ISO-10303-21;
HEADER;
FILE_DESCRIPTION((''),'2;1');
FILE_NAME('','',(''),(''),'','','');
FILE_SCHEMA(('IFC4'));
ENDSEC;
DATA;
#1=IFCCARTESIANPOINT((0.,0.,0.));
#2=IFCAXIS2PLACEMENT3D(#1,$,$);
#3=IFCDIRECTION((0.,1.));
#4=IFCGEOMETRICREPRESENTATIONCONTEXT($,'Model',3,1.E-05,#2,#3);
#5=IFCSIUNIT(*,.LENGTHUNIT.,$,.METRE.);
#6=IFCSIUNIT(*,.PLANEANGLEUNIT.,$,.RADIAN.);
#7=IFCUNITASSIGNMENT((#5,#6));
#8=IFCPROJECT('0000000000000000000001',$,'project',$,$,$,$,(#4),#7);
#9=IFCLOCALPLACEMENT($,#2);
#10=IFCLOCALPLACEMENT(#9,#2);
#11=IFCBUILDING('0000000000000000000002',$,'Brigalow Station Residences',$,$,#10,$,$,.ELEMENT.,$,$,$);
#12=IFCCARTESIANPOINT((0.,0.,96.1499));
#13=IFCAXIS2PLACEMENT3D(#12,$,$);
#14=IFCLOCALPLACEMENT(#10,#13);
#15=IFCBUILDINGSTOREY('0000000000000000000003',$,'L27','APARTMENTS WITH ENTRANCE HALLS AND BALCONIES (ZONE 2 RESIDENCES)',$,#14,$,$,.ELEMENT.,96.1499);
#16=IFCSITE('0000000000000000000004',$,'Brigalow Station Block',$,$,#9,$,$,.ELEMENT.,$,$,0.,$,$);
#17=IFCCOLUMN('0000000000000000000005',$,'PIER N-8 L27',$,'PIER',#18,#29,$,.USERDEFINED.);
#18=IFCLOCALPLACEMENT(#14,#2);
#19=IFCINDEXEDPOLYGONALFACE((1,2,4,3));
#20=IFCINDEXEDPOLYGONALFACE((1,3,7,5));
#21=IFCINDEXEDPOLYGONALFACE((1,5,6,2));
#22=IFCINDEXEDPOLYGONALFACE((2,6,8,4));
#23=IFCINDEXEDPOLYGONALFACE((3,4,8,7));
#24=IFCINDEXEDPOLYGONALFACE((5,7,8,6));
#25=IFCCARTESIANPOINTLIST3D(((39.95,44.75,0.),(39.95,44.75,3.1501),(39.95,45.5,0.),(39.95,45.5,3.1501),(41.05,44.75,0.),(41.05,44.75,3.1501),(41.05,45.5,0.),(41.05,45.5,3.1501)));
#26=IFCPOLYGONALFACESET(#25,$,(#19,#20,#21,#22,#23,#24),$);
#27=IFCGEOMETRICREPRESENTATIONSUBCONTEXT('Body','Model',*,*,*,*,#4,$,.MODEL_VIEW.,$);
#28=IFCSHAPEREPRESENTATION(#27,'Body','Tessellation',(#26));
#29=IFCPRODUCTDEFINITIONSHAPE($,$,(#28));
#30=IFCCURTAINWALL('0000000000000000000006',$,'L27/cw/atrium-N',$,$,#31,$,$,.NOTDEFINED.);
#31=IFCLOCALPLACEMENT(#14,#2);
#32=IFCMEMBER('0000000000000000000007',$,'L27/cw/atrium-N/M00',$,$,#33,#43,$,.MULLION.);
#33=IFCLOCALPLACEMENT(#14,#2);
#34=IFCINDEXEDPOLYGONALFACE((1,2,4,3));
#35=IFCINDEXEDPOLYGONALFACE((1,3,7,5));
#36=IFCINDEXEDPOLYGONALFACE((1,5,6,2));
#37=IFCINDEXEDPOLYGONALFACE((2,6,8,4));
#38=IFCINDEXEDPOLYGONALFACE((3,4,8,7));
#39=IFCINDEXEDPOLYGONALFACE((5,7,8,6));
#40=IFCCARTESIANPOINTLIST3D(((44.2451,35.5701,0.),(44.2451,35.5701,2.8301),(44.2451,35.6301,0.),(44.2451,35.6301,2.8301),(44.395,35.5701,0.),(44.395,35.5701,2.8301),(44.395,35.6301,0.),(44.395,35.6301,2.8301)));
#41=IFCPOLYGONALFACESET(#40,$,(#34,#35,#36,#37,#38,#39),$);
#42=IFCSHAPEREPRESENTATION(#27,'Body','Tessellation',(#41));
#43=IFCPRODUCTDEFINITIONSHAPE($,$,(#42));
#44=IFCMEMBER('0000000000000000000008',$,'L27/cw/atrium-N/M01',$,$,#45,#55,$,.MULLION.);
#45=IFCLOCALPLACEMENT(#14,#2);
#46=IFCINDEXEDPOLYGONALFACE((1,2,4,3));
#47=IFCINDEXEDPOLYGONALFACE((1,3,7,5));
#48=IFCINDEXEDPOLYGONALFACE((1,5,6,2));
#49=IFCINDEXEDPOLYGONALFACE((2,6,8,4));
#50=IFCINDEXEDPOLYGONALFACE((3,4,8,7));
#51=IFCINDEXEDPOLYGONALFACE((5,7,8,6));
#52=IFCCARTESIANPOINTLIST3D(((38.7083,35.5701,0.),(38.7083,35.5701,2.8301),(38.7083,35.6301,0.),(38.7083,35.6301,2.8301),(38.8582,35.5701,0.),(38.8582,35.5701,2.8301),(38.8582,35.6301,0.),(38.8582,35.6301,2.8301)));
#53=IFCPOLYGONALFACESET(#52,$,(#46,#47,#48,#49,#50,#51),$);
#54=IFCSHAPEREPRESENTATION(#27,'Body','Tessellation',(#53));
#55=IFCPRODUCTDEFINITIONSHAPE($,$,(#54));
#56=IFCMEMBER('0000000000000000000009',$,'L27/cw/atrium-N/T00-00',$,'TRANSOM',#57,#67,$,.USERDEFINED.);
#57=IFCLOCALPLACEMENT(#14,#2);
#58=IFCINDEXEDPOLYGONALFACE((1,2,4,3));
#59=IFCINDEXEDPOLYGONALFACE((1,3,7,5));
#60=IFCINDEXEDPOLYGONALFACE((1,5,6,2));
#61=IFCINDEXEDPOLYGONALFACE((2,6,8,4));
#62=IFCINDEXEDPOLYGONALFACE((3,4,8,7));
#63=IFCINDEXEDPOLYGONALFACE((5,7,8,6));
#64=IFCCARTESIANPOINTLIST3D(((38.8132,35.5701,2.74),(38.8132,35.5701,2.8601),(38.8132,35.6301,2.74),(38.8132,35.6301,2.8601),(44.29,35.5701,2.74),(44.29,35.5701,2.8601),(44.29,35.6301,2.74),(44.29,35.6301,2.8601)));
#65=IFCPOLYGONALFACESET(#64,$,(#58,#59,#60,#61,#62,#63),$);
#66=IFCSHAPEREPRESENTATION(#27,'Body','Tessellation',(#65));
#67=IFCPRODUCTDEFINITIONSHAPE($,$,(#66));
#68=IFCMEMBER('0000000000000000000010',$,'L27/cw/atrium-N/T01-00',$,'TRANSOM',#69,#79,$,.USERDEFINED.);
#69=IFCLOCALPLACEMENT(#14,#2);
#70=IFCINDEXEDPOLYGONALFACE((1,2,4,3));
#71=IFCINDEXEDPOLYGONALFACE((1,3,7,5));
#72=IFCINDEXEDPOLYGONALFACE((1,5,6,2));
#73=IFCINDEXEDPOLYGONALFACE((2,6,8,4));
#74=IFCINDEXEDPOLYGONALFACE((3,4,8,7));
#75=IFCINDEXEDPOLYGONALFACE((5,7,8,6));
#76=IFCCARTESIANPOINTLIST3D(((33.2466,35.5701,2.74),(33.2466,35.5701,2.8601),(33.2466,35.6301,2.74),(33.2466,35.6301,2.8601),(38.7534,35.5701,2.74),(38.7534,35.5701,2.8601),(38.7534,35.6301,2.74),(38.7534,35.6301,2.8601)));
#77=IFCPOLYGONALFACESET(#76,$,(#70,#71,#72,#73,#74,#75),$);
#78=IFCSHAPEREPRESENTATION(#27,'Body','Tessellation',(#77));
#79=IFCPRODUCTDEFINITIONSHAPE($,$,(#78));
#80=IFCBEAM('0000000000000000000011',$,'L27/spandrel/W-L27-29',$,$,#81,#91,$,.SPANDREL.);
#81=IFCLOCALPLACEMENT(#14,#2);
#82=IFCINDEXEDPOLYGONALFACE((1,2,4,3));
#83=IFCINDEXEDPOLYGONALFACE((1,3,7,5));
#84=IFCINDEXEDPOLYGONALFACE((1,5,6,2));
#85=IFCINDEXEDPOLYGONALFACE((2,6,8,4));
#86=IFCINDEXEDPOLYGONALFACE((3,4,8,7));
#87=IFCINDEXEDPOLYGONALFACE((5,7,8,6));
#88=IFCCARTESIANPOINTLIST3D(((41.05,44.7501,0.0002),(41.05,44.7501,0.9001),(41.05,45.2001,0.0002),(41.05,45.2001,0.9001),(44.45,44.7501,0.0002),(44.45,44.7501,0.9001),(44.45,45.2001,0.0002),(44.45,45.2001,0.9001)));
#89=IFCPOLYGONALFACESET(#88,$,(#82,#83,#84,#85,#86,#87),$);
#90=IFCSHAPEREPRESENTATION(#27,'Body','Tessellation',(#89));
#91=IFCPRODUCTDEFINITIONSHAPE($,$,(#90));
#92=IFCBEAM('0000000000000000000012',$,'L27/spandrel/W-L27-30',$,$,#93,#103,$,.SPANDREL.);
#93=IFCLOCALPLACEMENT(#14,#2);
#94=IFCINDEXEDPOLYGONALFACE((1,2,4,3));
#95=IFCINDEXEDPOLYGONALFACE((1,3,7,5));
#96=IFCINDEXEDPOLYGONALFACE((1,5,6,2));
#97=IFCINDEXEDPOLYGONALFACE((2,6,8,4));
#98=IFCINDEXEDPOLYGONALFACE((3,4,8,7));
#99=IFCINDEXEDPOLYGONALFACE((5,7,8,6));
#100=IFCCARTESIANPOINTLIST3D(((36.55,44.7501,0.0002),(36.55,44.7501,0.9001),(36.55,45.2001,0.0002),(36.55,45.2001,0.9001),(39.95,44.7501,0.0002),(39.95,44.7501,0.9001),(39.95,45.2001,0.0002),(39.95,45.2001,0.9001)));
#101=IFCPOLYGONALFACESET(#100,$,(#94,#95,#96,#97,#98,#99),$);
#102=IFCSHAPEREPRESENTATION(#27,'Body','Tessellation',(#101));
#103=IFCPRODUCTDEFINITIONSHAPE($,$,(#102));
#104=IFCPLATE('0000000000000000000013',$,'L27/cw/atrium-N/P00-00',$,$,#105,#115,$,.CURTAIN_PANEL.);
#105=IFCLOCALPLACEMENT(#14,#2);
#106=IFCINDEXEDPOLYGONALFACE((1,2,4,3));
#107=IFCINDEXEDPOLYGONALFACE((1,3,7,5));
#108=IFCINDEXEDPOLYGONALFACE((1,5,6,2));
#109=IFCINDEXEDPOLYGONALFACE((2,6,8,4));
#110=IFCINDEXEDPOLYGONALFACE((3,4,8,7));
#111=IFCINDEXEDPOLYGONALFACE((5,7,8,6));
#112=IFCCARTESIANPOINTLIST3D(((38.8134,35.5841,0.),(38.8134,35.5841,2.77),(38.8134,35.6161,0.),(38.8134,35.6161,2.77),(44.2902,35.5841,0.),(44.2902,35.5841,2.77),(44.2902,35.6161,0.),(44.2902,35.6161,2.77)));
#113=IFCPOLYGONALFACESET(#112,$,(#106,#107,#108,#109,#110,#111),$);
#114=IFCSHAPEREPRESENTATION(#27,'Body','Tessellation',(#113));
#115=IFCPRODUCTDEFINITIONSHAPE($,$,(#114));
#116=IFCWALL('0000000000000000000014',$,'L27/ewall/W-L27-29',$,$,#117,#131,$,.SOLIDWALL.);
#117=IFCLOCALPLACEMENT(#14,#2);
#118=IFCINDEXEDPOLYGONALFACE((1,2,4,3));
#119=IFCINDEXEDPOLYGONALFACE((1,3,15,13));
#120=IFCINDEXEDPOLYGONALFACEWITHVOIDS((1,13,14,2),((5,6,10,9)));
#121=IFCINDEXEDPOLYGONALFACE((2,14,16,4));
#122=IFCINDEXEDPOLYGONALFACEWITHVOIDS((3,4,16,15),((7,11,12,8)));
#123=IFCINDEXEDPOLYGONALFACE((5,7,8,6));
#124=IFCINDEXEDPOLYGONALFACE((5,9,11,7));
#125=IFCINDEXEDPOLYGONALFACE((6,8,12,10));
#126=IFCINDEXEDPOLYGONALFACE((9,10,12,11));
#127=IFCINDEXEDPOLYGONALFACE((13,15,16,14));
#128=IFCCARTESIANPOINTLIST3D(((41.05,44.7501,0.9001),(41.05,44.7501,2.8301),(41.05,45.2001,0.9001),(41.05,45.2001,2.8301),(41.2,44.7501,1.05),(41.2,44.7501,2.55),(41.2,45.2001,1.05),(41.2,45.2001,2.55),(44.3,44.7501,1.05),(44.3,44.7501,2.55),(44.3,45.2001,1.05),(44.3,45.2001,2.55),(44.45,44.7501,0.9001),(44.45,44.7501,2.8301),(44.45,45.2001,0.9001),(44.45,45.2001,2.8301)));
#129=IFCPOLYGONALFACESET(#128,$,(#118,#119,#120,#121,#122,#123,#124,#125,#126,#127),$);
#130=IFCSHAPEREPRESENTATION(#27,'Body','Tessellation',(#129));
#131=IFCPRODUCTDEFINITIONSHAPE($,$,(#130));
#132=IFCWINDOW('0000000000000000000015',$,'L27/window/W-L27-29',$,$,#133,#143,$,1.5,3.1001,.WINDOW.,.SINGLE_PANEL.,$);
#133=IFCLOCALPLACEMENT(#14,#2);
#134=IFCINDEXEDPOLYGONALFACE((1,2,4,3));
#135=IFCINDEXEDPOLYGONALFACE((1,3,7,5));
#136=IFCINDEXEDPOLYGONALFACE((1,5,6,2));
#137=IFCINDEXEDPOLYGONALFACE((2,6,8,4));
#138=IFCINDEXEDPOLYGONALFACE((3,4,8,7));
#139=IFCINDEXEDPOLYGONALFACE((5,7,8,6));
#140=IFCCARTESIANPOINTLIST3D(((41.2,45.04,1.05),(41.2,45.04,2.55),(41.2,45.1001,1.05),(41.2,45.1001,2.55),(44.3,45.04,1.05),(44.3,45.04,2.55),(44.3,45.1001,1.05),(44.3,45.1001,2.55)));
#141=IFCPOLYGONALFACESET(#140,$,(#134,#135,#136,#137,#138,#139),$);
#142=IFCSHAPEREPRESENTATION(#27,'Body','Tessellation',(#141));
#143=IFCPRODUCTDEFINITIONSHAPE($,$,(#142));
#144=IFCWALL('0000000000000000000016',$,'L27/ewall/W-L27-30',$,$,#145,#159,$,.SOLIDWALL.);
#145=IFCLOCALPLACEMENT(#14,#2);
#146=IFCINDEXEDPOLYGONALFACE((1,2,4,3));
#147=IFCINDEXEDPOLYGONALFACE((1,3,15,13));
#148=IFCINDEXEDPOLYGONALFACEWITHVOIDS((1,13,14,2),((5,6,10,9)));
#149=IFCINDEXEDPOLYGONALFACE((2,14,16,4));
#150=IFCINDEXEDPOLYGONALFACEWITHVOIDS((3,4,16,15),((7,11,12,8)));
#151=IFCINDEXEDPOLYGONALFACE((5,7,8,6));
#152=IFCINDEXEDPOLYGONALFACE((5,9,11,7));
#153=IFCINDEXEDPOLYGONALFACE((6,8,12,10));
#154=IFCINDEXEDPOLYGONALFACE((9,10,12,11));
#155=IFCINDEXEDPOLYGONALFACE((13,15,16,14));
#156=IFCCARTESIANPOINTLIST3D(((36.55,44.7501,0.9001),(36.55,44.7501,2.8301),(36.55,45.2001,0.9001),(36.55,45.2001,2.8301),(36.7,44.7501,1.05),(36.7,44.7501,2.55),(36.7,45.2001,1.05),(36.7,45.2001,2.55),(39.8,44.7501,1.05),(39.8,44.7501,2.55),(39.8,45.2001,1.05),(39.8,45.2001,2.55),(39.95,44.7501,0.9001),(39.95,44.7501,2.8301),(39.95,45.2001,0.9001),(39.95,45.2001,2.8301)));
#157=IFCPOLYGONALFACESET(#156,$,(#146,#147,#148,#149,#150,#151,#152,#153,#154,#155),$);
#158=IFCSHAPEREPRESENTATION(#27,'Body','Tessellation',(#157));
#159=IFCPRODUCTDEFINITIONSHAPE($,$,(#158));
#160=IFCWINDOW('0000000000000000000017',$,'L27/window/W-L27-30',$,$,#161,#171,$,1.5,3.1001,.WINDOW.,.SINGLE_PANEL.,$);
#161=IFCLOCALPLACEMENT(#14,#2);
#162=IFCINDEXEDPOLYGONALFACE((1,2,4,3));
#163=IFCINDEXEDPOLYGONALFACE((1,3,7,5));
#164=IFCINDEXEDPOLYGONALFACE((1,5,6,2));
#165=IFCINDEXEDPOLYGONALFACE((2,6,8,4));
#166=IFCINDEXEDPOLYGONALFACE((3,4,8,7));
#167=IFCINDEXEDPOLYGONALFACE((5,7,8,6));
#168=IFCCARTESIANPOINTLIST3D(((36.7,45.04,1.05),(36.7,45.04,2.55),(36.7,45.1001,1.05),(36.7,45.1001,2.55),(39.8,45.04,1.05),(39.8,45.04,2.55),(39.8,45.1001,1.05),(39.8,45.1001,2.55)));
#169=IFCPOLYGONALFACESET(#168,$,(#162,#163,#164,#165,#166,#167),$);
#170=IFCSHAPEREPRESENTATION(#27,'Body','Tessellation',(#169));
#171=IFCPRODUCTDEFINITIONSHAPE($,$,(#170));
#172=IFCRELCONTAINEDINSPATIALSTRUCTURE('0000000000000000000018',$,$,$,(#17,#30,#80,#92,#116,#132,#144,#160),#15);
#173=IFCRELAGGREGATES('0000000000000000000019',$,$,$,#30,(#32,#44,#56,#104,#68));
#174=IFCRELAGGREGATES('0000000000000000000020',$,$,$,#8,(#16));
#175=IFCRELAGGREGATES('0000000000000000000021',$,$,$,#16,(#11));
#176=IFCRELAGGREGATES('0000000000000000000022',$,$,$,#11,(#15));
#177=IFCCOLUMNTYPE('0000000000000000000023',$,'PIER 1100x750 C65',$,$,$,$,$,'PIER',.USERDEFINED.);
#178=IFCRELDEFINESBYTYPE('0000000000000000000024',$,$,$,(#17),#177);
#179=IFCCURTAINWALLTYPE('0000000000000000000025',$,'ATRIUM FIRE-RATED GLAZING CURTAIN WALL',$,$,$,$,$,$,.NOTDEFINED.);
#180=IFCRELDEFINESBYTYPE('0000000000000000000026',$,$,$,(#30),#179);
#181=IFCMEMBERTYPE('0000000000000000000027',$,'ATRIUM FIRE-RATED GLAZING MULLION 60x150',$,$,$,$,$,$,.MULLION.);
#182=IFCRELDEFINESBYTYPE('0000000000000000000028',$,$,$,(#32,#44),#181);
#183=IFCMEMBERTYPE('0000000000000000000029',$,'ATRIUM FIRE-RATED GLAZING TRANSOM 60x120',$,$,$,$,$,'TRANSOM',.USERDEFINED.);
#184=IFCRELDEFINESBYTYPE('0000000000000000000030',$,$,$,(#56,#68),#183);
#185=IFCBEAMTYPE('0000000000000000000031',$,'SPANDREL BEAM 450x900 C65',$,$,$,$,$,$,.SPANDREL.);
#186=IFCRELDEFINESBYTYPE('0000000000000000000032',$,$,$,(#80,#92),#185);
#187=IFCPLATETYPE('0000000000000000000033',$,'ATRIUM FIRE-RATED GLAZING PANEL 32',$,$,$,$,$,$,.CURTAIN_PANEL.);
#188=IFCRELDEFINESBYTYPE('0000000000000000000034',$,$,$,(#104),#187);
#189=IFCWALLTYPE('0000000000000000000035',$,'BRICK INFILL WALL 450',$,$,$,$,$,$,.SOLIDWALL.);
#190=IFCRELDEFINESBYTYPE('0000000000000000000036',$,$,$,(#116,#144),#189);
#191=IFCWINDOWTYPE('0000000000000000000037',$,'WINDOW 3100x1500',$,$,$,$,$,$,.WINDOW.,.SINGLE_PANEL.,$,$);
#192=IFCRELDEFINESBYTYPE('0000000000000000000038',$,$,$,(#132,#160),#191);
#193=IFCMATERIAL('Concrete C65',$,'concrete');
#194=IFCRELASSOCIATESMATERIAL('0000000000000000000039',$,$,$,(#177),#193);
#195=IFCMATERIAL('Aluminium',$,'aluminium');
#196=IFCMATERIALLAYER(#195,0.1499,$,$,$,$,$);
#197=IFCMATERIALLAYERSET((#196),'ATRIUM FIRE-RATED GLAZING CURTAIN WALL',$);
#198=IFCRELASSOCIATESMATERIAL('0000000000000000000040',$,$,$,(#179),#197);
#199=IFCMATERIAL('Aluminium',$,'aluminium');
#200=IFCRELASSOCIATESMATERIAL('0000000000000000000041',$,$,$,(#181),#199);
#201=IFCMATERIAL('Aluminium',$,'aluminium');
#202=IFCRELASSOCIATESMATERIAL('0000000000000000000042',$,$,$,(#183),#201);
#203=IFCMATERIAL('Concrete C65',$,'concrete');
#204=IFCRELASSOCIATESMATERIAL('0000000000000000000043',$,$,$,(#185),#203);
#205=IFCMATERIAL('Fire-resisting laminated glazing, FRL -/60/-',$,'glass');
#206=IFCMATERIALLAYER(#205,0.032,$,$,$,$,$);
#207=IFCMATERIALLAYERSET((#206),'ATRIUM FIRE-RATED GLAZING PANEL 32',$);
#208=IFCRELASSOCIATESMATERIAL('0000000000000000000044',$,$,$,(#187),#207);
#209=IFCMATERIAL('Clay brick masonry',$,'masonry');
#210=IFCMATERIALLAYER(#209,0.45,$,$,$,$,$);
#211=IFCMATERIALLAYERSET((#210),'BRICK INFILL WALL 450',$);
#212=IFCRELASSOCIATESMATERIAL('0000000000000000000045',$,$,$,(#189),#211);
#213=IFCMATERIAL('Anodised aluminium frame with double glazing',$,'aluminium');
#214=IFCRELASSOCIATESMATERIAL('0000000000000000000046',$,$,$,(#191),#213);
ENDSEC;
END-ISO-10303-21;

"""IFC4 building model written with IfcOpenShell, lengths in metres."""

from ifc_helpers import new_model, si_unit, direction, frame, frame_2d, origin, origin_2d, place, context, subcontext, project, spatial, rectangle, extrude, material, layer, layer_set, material_profile, profile_set, type_object, element, fill, aggregate, save


model = new_model("IFC4")

# Units and contexts
model_context = context("Model", 3, precision=1e-05, world=origin(), true_north=direction((0.0, 1.0)))
body_context = subcontext(model_context, "Body", "Model", "MODEL_VIEW")
ifc_project = project(units=[si_unit("LENGTHUNIT", "METRE"), si_unit("PLANEANGLEUNIT", "RADIAN")], contexts=[model_context])

# Site, building, storey
site_placement = place(None, origin())
site = spatial("IfcSite", under=ifc_project, at=site_placement, Name="Brigalow Station Block", CompositionType="ELEMENT", RefElevation=0.0)
building_placement = place(site_placement, origin())
building = spatial("IfcBuilding", under=site, at=building_placement, Name="Brigalow Station Residences", CompositionType="ELEMENT")
storey_placement = place(building_placement, frame((0.0, 0.0, 96.1499)))
storey = spatial("IfcBuildingStorey", under=building, at=storey_placement, Name="L27", Description="APARTMENTS WITH ENTRANCE HALLS AND BALCONIES (ZONE 2 RESIDENCES)", CompositionType="ELEMENT", Elevation=96.1499)

# Column
ifc_material_1 = material(Name="Concrete C65", Category="concrete")
ifc_material_profile_1 = material_profile(ifc_material_1, rectangle(XDim=1.1001, YDim=0.75, at=origin_2d()), Name="RC1100x750")
ifc_profile_set_1 = profile_set([ifc_material_profile_1], Name="Concrete C65")
column_type = type_object("IfcColumnType", Name="PIER 1100x750 C65", ElementType="PIER", PredefinedType="USERDEFINED", material=ifc_profile_set_1)
column_placement = place(storey_placement, frame((40.5, 45.125, 0.0), z_axis=(0.0, 0.0, 1.0), x_axis=(-1.0, 0.0, 0.0)))
element("IfcColumn", 1, at=column_placement, inside=storey, type_object=column_type, Name="PIER N-8 L27", ObjectType="PIER", PredefinedType="USERDEFINED", context=body_context, shape_type="SweptSolid", body=[
    extrude(rectangle(XDim=1.1001, YDim=0.75, at=origin_2d()), origin(), (0.0, 0.0, 1.0), 3.1501),
])

# Curtain wall, members
ifc_material_2 = material(Name="Aluminium", Category="aluminium")
ifc_layer_1 = layer(ifc_material_2, 0.1499)
ifc_layer_set_1 = layer_set([ifc_layer_1], Name="ATRIUM FIRE-RATED GLAZING CURTAIN WALL")
curtain_wall_type = type_object("IfcCurtainWallType", Name="ATRIUM FIRE-RATED GLAZING CURTAIN WALL", PredefinedType="NOTDEFINED", material=ifc_layer_set_1)
curtain_wall_placement = place(storey_placement, origin())
curtain_wall = element("IfcCurtainWall", 2, at=curtain_wall_placement, inside=storey, type_object=curtain_wall_type, Name="L27/cw/atrium-N", PredefinedType="NOTDEFINED")
ifc_material_3 = material(Name="Aluminium", Category="aluminium")
ifc_material_profile_2 = material_profile(ifc_material_3, rectangle(XDim=0.0601, YDim=0.1499, at=origin_2d()), Name="ATRIUM FIRE-RATED GLAZING MULLION 60x150")
ifc_profile_set_2 = profile_set([ifc_material_profile_2], Name="Aluminium")
member_type_1 = type_object("IfcMemberType", Name="ATRIUM FIRE-RATED GLAZING MULLION 60x150", PredefinedType="MULLION", material=ifc_profile_set_2)
member_1_placement = place(storey_placement, frame((44.3201, 35.6001, 0.0), z_axis=(0.0, 0.0, 1.0), x_axis=(0.0, -1.0, 0.0)))
member_1 = element("IfcMember", 3, at=member_1_placement, type_object=member_type_1, Name="L27/cw/atrium-N/M00", PredefinedType="MULLION", context=body_context, shape_type="SweptSolid", body=[
    extrude(rectangle(XDim=0.0601, YDim=0.1499, at=origin_2d()), origin(), (0.0, 0.0, 1.0), 2.8301),
])
member_2_placement = place(storey_placement, frame((38.7832, 35.6001, 0.0), z_axis=(0.0, 0.0, 1.0), x_axis=(0.0, -1.0, 0.0)))
member_2 = element("IfcMember", 4, at=member_2_placement, type_object=member_type_1, Name="L27/cw/atrium-N/M01", PredefinedType="MULLION", context=body_context, shape_type="SweptSolid", body=[
    extrude(rectangle(XDim=0.0601, YDim=0.1499, at=origin_2d()), origin(), (0.0, 0.0, 1.0), 2.8301),
])
ifc_material_4 = material(Name="Aluminium", Category="aluminium")
ifc_material_profile_3 = material_profile(ifc_material_4, rectangle(XDim=0.0601, YDim=0.1201, at=origin_2d()), Name="ATRIUM FIRE-RATED GLAZING TRANSOM 60x120")
ifc_profile_set_3 = profile_set([ifc_material_profile_3], Name="Aluminium")
member_type_2 = type_object("IfcMemberType", Name="ATRIUM FIRE-RATED GLAZING TRANSOM 60x120", ElementType="TRANSOM", PredefinedType="USERDEFINED", material=ifc_profile_set_3)
member_3_placement = place(storey_placement, frame((44.29, 35.6001, 2.8), z_axis=(-1.0, 0.0, 0.0), x_axis=(0.0, -1.0, 0.0)))
member_3 = element("IfcMember", 5, at=member_3_placement, type_object=member_type_2, Name="L27/cw/atrium-N/T00-00", ObjectType="TRANSOM", PredefinedType="USERDEFINED", context=body_context, shape_type="SweptSolid", body=[
    extrude(rectangle(XDim=0.0601, YDim=0.1201, at=origin_2d()), origin(), (0.0, 0.0, 1.0), 5.4768),
])
member_4_placement = place(storey_placement, frame((38.7534, 35.6001, 2.8), z_axis=(-1.0, 0.0, 0.0), x_axis=(0.0, -1.0, 0.0)))
member_4 = element("IfcMember", 6, at=member_4_placement, type_object=member_type_2, Name="L27/cw/atrium-N/T01-00", ObjectType="TRANSOM", PredefinedType="USERDEFINED", context=body_context, shape_type="SweptSolid", body=[
    extrude(rectangle(XDim=0.0601, YDim=0.1201, at=origin_2d()), origin(), (0.0, 0.0, 1.0), 5.5068),
])

# Beams
ifc_material_5 = material(Name="Concrete C65", Category="concrete")
ifc_material_profile_4 = material_profile(ifc_material_5, rectangle(XDim=0.45, YDim=0.8999, at=origin_2d()), Name="RC450x900")
ifc_profile_set_4 = profile_set([ifc_material_profile_4], Name="Concrete C65")
beam_type = type_object("IfcBeamType", Name="SPANDREL BEAM 450x900 C65", PredefinedType="SPANDREL", material=ifc_profile_set_4)
for number, where, z_axis, x_axis, name in (
    (7, (44.45, 44.9751, 0.4502), (-1.0, 0.0, 0.0), (0.0, -1.0, 0.0), "L27/spandrel/W-L27-29"),
    (8, (39.95, 44.9751, 0.4502), (-1.0, 0.0, 0.0), (0.0, -1.0, 0.0), "L27/spandrel/W-L27-30"),
):
    element("IfcBeam", number, at=place(storey_placement, frame(where, z_axis=z_axis, x_axis=x_axis)), inside=storey, type_object=beam_type, Name=name, PredefinedType="SPANDREL", context=body_context, shape_type="SweptSolid", body=[
        extrude(rectangle(XDim=0.45, YDim=0.8999, at=origin_2d()), origin(), (0.0, 0.0, 1.0), 3.3999),
    ])

# Plate
ifc_material_6 = material(Name="Fire-resisting laminated glazing, FRL -/60/-", Category="glass")
ifc_layer_2 = layer(ifc_material_6, 0.032)
ifc_layer_set_2 = layer_set([ifc_layer_2], Name="ATRIUM FIRE-RATED GLAZING PANEL 32")
plate_type = type_object("IfcPlateType", Name="ATRIUM FIRE-RATED GLAZING PANEL 32", PredefinedType="CURTAIN_PANEL", material=ifc_layer_set_2)
plate_placement = place(storey_placement, frame((41.5518, 35.6001, 0.0), z_axis=(0.0, 0.0, 1.0), x_axis=(-1.0, 0.0, 0.0)))
plate = element("IfcPlate", 9, at=plate_placement, type_object=plate_type, Name="L27/cw/atrium-N/P00-00", PredefinedType="CURTAIN_PANEL", context=body_context, shape_type="SweptSolid", body=[
    extrude(rectangle(XDim=5.4768, YDim=0.032, at=origin_2d()), origin(), (0.0, 0.0, 1.0), 2.77),
])
aggregate(curtain_wall, [member_1, member_2, member_3, plate, member_4])

# Walls, openings, windows
ifc_material_7 = material(Name="Clay brick masonry", Category="masonry")
ifc_layer_3 = layer(ifc_material_7, 0.45)
ifc_layer_set_3 = layer_set([ifc_layer_3], Name="BRICK INFILL WALL 450")
wall_type = type_object("IfcWallType", Name="BRICK INFILL WALL 450", PredefinedType="SOLIDWALL", material=ifc_layer_set_3)
wall_1_placement = place(storey_placement, frame((44.45, 44.9751, 0.9001), z_axis=(0.0, 0.0, 1.0), x_axis=(-1.0, 0.0, 0.0)))
wall_1 = element("IfcWall", 10, at=wall_1_placement, inside=storey, type_object=wall_type, Name="L27/ewall/W-L27-29", PredefinedType="SOLIDWALL", context=body_context, shape_type="SweptSolid", body=[
    extrude(rectangle(XDim=3.3999, YDim=0.45, at=frame_2d((1.7, 0.0))), origin(), (0.0, 0.0, 1.0), 1.9299),
])
opening_1_placement = place(wall_1_placement, frame((0.1499, 0.0, 0.1499)))
opening_1 = element("IfcOpeningElement", 11, at=opening_1_placement, cuts=wall_1, PredefinedType="OPENING", context=body_context, shape_type="SweptSolid", body=[
    extrude(rectangle(XDim=3.1001, YDim=1.5, at=frame_2d((1.55, 0.75))), frame((0.0, 0.2349, 0.0), z_axis=(0.0, -1.0, 0.0), x_axis=(1.0, 0.0, 0.0)), (0.0, 0.0, 1.0), 0.47),
])
ifc_material_8 = material(Name="Anodised aluminium frame with double glazing", Category="aluminium")
window_type = type_object("IfcWindowType", Name="WINDOW 3100x1500", PartitioningType="SINGLE_PANEL", PredefinedType="WINDOW", material=ifc_material_8)
window_1_placement = place(opening_1_placement, origin())
window_1 = element("IfcWindow", 12, at=window_1_placement, inside=storey, type_object=window_type, Name="L27/window/W-L27-29", OverallHeight=1.5, OverallWidth=3.1001, PartitioningType="SINGLE_PANEL", PredefinedType="WINDOW", context=body_context, shape_type="SweptSolid", body=[
    extrude(rectangle(XDim=3.1001, YDim=1.5, at=frame_2d((1.55, 0.75))), frame((0.0, -0.0649, 0.0), z_axis=(0.0, -1.0, 0.0), x_axis=(1.0, 0.0, 0.0)), (0.0, 0.0, 1.0), 0.0601),
])
fill(opening_1, window_1)
wall_2_placement = place(storey_placement, frame((39.95, 44.9751, 0.9001), z_axis=(0.0, 0.0, 1.0), x_axis=(-1.0, 0.0, 0.0)))
wall_2 = element("IfcWall", 13, at=wall_2_placement, inside=storey, type_object=wall_type, Name="L27/ewall/W-L27-30", PredefinedType="SOLIDWALL", context=body_context, shape_type="SweptSolid", body=[
    extrude(rectangle(XDim=3.3999, YDim=0.45, at=frame_2d((1.7, 0.0))), origin(), (0.0, 0.0, 1.0), 1.9299),
])
opening_2_placement = place(wall_2_placement, frame((0.1499, 0.0, 0.1499)))
opening_2 = element("IfcOpeningElement", 14, at=opening_2_placement, cuts=wall_2, PredefinedType="OPENING", context=body_context, shape_type="SweptSolid", body=[
    extrude(rectangle(XDim=3.1001, YDim=1.5, at=frame_2d((1.55, 0.75))), frame((0.0, 0.2349, 0.0), z_axis=(0.0, -1.0, 0.0), x_axis=(1.0, 0.0, 0.0)), (0.0, 0.0, 1.0), 0.47),
])
window_2_placement = place(opening_2_placement, origin())
window_2 = element("IfcWindow", 15, at=window_2_placement, inside=storey, type_object=window_type, Name="L27/window/W-L27-30", OverallHeight=1.5, OverallWidth=3.1001, PartitioningType="SINGLE_PANEL", PredefinedType="WINDOW", context=body_context, shape_type="SweptSolid", body=[
    extrude(rectangle(XDim=3.1001, YDim=1.5, at=frame_2d((1.55, 0.75))), frame((0.0, -0.0649, 0.0), z_axis=(0.0, -1.0, 0.0), x_axis=(1.0, 0.0, 0.0)), (0.0, 0.0, 1.0), 0.0601),
])
fill(opening_2, window_2)

save(model, "model.ifc")
